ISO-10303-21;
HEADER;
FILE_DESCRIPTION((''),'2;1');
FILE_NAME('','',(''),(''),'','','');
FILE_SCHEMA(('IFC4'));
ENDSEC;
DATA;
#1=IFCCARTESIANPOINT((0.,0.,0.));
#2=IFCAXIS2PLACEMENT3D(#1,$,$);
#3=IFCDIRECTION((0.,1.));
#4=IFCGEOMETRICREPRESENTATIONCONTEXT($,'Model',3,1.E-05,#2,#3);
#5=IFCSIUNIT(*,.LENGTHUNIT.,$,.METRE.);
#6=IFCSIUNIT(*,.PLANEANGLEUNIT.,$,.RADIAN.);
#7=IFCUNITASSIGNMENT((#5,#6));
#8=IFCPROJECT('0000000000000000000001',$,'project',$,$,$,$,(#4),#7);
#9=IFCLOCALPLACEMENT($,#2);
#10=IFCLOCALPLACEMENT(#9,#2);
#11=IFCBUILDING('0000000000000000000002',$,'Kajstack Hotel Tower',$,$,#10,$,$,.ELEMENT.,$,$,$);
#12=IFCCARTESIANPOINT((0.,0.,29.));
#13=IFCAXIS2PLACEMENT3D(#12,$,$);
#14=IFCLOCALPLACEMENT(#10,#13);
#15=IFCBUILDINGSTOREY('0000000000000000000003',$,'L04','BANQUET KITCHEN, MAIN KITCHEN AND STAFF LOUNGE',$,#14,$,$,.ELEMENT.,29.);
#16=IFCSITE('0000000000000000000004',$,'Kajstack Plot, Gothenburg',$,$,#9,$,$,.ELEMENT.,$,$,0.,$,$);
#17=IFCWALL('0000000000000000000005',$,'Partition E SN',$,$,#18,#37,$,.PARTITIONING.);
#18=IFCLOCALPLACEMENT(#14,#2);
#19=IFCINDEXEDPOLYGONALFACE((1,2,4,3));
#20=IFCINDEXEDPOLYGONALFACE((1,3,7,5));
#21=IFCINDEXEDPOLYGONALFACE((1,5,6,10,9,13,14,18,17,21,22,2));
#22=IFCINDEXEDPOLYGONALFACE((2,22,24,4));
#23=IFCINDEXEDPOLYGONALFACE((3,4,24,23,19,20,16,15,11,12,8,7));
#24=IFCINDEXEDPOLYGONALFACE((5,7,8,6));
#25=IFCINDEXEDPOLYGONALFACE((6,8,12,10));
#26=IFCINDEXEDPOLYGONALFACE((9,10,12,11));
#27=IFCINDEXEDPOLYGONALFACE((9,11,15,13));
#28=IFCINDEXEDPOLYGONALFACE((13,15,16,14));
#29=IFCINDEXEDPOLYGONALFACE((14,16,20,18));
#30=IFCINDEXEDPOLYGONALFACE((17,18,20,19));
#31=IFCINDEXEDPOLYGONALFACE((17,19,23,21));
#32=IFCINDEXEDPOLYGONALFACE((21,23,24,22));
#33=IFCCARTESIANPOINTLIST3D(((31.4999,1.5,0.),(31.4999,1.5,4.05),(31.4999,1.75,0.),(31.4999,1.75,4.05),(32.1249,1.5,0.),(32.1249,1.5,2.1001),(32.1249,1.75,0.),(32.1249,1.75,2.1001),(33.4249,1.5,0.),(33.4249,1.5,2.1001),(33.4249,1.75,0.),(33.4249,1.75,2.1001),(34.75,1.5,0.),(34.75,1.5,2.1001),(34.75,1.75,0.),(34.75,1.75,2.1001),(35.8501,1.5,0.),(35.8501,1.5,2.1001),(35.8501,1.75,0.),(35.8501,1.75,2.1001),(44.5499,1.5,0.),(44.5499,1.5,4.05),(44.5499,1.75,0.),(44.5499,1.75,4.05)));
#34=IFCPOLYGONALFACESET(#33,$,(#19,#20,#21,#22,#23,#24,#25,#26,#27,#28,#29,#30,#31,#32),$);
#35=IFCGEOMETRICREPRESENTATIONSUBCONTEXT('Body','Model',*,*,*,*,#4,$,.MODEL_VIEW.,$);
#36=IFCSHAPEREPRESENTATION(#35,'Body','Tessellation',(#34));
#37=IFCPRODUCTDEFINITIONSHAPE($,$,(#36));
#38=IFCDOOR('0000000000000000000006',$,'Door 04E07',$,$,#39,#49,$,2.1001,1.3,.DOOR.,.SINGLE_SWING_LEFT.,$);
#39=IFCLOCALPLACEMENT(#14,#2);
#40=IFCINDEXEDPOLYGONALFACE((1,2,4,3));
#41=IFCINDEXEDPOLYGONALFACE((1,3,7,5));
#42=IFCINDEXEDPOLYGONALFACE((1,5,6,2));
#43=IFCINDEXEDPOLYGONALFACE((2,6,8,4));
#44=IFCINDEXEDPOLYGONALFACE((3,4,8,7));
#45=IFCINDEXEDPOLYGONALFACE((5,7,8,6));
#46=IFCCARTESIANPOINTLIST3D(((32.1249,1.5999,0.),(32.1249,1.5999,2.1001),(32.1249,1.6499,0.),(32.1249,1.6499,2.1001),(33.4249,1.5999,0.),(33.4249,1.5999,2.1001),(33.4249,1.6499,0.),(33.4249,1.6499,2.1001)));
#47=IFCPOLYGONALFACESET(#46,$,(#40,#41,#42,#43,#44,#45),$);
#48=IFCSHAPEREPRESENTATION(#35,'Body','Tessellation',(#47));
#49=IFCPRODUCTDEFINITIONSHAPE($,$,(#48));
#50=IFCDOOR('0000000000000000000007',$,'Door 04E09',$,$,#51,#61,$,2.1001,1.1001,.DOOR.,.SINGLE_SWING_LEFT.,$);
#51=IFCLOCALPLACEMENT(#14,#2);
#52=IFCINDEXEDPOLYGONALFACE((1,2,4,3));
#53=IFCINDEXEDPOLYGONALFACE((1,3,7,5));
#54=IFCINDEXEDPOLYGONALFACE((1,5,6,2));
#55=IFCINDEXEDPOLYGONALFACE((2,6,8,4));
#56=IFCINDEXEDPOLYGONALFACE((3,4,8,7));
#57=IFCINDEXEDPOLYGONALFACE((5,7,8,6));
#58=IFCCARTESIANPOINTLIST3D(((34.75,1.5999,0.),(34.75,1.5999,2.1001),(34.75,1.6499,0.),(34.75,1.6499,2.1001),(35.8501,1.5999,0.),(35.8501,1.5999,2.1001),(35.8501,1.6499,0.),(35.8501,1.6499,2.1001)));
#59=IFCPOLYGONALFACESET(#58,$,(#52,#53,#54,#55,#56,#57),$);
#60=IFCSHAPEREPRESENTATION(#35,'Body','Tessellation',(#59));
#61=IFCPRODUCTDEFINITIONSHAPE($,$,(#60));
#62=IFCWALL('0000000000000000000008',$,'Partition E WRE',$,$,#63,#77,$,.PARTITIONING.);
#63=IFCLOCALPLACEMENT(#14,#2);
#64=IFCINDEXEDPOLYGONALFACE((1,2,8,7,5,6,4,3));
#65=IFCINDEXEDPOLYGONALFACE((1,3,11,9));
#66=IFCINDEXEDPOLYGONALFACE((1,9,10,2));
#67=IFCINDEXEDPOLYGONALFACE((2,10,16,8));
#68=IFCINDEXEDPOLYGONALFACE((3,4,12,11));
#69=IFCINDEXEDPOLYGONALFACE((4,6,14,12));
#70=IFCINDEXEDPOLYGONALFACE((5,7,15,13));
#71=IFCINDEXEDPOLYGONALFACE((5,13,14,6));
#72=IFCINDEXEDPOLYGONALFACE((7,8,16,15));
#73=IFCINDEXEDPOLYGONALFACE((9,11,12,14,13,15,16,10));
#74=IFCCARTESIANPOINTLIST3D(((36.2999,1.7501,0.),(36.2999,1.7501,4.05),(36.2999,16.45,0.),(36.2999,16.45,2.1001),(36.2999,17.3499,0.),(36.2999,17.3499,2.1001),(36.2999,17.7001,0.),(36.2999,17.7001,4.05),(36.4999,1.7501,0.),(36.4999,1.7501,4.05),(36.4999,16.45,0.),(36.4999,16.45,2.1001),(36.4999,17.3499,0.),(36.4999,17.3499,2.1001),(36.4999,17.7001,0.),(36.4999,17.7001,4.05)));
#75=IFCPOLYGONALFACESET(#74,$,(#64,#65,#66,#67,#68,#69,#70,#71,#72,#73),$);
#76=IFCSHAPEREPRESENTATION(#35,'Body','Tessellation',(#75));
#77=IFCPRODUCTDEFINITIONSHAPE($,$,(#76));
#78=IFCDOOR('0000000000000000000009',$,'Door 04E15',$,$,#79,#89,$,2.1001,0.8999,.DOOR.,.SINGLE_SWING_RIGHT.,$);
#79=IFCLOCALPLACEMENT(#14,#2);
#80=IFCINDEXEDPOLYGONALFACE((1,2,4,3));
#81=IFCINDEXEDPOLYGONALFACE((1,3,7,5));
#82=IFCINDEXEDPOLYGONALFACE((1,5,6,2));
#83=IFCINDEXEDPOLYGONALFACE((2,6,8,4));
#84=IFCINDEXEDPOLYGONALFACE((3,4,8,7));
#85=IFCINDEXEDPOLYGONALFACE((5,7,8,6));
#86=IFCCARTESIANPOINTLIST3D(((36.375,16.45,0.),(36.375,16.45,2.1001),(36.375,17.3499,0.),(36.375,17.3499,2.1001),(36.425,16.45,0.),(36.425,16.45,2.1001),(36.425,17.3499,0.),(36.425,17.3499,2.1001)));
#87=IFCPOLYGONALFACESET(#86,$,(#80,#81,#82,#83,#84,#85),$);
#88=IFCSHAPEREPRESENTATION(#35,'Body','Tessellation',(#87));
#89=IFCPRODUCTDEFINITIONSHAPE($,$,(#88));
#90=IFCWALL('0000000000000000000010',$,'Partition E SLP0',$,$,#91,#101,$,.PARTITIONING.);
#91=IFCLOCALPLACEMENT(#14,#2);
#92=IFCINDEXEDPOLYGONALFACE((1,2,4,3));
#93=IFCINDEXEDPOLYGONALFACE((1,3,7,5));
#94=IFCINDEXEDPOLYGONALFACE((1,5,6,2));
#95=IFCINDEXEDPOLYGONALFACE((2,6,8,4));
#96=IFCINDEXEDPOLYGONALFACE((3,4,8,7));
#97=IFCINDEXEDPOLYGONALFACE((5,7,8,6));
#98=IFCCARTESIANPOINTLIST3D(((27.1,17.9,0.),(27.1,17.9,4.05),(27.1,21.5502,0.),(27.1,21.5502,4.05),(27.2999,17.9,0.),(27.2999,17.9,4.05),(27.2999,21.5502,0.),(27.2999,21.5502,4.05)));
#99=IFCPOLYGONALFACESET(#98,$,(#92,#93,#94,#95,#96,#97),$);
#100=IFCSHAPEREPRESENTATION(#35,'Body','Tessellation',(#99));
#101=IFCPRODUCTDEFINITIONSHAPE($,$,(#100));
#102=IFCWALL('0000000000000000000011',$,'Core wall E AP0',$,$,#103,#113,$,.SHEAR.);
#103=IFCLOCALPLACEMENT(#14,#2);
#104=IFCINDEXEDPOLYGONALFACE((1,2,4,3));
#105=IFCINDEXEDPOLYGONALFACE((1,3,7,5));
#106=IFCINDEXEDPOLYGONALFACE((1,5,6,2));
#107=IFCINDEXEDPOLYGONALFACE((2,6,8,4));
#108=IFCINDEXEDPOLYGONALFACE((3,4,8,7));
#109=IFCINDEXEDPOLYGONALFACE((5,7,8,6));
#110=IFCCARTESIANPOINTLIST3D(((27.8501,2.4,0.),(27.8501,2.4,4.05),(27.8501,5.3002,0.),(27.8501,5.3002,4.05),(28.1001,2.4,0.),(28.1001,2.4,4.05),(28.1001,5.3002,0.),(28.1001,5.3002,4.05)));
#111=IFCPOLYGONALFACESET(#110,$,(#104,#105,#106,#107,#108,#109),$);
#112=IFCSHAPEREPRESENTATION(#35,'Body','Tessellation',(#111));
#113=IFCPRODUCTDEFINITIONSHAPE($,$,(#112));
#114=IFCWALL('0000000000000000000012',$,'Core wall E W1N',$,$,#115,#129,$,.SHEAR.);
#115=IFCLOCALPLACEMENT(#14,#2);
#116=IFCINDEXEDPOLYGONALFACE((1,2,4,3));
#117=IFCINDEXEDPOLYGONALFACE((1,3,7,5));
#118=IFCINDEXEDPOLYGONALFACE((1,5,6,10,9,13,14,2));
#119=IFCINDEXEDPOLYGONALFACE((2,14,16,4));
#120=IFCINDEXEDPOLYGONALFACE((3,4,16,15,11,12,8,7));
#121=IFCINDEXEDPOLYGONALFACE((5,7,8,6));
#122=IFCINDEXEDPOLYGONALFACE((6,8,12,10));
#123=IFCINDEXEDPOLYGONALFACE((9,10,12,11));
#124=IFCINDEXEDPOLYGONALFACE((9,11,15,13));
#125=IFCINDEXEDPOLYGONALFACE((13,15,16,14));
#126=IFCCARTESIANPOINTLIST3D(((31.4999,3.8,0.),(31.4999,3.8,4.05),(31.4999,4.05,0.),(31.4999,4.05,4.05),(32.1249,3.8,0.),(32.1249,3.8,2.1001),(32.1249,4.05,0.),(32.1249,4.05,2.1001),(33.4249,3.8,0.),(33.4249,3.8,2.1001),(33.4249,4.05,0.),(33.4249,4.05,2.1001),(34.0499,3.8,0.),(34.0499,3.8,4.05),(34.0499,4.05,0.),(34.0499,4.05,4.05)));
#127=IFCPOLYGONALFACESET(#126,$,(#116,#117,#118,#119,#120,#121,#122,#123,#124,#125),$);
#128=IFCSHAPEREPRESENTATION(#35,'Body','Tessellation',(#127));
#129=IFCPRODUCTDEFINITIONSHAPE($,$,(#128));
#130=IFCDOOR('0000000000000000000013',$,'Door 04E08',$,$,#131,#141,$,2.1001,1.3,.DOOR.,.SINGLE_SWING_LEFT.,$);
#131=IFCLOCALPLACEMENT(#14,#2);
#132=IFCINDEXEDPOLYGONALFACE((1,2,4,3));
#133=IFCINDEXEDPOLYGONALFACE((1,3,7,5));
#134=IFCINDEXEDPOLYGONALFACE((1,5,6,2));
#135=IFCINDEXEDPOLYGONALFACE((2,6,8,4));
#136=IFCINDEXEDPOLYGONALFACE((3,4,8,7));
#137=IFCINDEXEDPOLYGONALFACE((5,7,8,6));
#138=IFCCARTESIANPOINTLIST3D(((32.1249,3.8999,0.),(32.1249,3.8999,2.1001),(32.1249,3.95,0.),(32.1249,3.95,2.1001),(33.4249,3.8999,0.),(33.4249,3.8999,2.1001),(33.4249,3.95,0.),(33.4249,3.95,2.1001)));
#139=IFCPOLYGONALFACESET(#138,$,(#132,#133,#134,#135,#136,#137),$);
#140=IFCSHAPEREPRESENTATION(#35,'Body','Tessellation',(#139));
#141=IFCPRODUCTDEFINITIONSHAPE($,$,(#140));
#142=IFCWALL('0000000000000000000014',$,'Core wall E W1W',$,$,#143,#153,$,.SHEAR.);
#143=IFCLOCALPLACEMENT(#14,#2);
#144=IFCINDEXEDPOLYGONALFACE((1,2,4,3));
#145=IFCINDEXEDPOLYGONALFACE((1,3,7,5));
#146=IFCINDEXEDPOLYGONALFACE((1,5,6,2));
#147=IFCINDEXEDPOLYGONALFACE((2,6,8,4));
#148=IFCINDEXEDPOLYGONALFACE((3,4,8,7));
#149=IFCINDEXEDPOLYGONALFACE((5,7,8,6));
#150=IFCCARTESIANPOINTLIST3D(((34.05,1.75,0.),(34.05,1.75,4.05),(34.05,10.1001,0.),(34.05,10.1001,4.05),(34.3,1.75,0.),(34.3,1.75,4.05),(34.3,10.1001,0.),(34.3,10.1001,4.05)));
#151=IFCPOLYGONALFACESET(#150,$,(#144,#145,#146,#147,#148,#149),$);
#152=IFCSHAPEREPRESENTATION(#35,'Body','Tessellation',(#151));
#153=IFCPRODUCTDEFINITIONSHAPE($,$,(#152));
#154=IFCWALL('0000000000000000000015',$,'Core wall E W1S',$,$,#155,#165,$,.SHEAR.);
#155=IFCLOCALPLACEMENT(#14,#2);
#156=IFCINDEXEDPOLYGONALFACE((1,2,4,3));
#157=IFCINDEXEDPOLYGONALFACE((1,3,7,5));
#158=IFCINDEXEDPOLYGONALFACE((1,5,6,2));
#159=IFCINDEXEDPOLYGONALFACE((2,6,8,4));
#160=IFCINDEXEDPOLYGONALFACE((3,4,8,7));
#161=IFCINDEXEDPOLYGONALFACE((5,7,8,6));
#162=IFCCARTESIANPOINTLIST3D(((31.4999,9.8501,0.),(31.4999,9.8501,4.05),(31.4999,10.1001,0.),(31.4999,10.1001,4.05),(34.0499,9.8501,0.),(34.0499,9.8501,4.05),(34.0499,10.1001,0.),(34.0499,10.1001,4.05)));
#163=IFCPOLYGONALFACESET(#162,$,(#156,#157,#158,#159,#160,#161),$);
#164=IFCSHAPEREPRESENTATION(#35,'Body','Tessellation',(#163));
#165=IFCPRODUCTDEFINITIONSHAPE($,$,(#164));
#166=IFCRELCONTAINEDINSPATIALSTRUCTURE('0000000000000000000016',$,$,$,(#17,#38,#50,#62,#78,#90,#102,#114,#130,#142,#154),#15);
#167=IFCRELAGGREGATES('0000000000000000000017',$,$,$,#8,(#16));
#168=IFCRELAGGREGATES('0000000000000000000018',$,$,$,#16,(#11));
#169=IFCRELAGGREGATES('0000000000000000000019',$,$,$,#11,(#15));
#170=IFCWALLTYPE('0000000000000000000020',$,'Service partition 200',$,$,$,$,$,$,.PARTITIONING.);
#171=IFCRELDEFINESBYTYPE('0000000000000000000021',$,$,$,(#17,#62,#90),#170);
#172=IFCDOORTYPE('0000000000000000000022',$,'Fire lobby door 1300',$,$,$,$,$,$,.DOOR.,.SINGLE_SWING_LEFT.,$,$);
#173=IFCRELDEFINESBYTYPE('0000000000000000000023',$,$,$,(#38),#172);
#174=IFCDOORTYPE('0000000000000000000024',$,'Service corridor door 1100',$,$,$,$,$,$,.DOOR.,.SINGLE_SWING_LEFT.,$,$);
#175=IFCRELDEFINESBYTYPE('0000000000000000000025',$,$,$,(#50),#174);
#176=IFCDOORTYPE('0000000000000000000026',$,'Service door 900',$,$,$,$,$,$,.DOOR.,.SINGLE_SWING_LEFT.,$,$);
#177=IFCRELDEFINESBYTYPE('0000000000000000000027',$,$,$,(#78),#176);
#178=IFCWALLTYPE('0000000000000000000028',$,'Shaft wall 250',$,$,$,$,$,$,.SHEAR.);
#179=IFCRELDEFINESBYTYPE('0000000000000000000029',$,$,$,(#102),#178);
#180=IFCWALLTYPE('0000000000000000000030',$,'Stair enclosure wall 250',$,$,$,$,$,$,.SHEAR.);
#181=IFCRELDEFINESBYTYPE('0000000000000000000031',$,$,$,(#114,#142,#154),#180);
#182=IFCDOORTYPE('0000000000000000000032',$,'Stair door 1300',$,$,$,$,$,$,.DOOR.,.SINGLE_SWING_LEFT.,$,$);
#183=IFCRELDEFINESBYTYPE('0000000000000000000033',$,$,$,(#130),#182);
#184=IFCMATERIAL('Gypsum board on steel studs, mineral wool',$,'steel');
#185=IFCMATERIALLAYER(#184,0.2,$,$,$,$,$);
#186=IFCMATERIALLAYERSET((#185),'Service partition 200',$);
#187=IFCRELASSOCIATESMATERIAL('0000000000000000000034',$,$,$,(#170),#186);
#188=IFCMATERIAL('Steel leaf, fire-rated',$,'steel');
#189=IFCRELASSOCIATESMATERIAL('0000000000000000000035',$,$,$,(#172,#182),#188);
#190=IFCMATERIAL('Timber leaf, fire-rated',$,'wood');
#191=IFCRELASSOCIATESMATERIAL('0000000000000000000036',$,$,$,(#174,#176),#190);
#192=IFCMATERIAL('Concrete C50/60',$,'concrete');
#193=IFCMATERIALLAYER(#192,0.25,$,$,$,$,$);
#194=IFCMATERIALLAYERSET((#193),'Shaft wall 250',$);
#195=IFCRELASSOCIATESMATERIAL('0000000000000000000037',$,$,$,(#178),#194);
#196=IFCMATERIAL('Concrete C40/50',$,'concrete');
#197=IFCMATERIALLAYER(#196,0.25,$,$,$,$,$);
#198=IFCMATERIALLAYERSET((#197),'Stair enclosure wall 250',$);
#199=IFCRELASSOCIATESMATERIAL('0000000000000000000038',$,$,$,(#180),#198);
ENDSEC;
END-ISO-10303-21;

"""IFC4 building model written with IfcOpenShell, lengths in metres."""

from ifc_helpers import new_model, si_unit, direction, frame, frame_2d, origin, place, context, subcontext, project, spatial, rectangle, extrude, material, layer, layer_set, type_object, element, fill, save


model = new_model("IFC4")

# Units and contexts
model_context = context("Model", 3, precision=1e-05, world=origin(), true_north=direction((0.0, 1.0)))
body_context = subcontext(model_context, "Body", "Model", "MODEL_VIEW")
ifc_project = project(units=[si_unit("LENGTHUNIT", "METRE"), si_unit("PLANEANGLEUNIT", "RADIAN")], contexts=[model_context])

# Site, building, storey
site_placement = place(None, origin())
site = spatial("IfcSite", under=ifc_project, at=site_placement, Name="Kajstack Plot, Gothenburg", CompositionType="ELEMENT", RefElevation=0.0)
building_placement = place(site_placement, origin())
building = spatial("IfcBuilding", under=site, at=building_placement, Name="Kajstack Hotel Tower", CompositionType="ELEMENT")
storey_placement = place(building_placement, frame((0.0, 0.0, 29.0)))
storey = spatial("IfcBuildingStorey", under=building, at=storey_placement, Name="L04", Description="BANQUET KITCHEN, MAIN KITCHEN AND STAFF LOUNGE", CompositionType="ELEMENT", Elevation=29.0)

# Shared definitions
ifc_material_1 = material(Name="Concrete C50/60", Category="concrete")

# Shared definitions
ifc_material_2 = material(Name="Concrete C40/50", Category="concrete")
ifc_material_3 = material(Name="Gypsum board on steel studs, mineral wool", Category="steel")

# Wall, openings, doors
ifc_layer_1 = layer(ifc_material_3, 0.2)
ifc_layer_set_1 = layer_set([ifc_layer_1], Name="Service partition 200")
wall_type_1 = type_object("IfcWallType", Name="Service partition 200", PredefinedType="PARTITIONING", material=ifc_layer_set_1)
wall_1_placement = place(storey_placement, frame((31.5, 1.625, 0.0), z_axis=(0.0, 0.0, 1.0), x_axis=(1.0, 0.0, 0.0)))
wall_1 = element("IfcWall", 1, at=wall_1_placement, inside=storey, type_object=wall_type_1, Name="Partition E SN", PredefinedType="PARTITIONING", context=body_context, shape_type="SweptSolid", body=[
    extrude(rectangle(XDim=13.05, YDim=0.25, at=frame_2d((6.5249, 0.0))), origin(), (0.0, 0.0, 1.0), 4.05),
])
opening_1_placement = place(wall_1_placement, frame((0.625, 0.0, 0.0)))
opening_1 = element("IfcOpeningElement", 2, at=opening_1_placement, cuts=wall_1, PredefinedType="OPENING", context=body_context, shape_type="SweptSolid", body=[
    extrude(rectangle(XDim=1.3, YDim=2.1001, at=frame_2d((0.6499, 1.05))), frame((0.0, 0.135, 0.0), z_axis=(0.0, -1.0, 0.0), x_axis=(1.0, 0.0, 0.0)), (0.0, 0.0, 1.0), 0.27),
])
opening_2_placement = place(wall_1_placement, frame((3.25, 0.0, 0.0)))
opening_2 = element("IfcOpeningElement", 3, at=opening_2_placement, cuts=wall_1, PredefinedType="OPENING", context=body_context, shape_type="SweptSolid", body=[
    extrude(rectangle(XDim=1.1001, YDim=2.1001, at=frame_2d((0.55, 1.05))), frame((0.0, 0.135, 0.0), z_axis=(0.0, -1.0, 0.0), x_axis=(1.0, 0.0, 0.0)), (0.0, 0.0, 1.0), 0.27),
])
ifc_material_4 = material(Name="Steel leaf, fire-rated", Category="steel")
door_type_1 = type_object("IfcDoorType", Name="Fire lobby door 1300", OperationType="SINGLE_SWING_LEFT", PredefinedType="DOOR", material=ifc_material_4)
door_1_placement = place(opening_1_placement, origin())
door_1 = element("IfcDoor", 4, at=door_1_placement, inside=storey, type_object=door_type_1, Name="Door 04E07", OperationType="SINGLE_SWING_LEFT", OverallHeight=2.1001, OverallWidth=1.3, PredefinedType="DOOR", context=body_context, shape_type="SweptSolid", body=[
    extrude(rectangle(XDim=1.3, YDim=2.1001, at=frame_2d((0.6499, 1.05))), frame((0.0, 0.0249, 0.0), z_axis=(0.0, -1.0, 0.0), x_axis=(1.0, 0.0, 0.0)), (0.0, 0.0, 1.0), 0.05),
])
fill(opening_1, door_1)
ifc_material_5 = material(Name="Timber leaf, fire-rated", Category="wood")
door_type_2 = type_object("IfcDoorType", Name="Service corridor door 1100", OperationType="SINGLE_SWING_LEFT", PredefinedType="DOOR", material=ifc_material_5)
door_2_placement = place(opening_2_placement, origin())
door_2 = element("IfcDoor", 5, at=door_2_placement, inside=storey, type_object=door_type_2, Name="Door 04E09", OperationType="SINGLE_SWING_LEFT", OverallHeight=2.1001, OverallWidth=1.1001, PredefinedType="DOOR", context=body_context, shape_type="SweptSolid", body=[
    extrude(rectangle(XDim=1.1001, YDim=2.1001, at=frame_2d((0.55, 1.05))), frame((0.0, 0.0249, 0.0), z_axis=(0.0, -1.0, 0.0), x_axis=(1.0, 0.0, 0.0)), (0.0, 0.0, 1.0), 0.05),
])
fill(opening_2, door_2)

# Wall, opening, door
wall_2_placement = place(storey_placement, frame((36.3999, 1.75, 0.0), z_axis=(0.0, 0.0, 1.0), x_axis=(0.0, 1.0, 0.0)))
wall_2 = element("IfcWall", 6, at=wall_2_placement, inside=storey, type_object=wall_type_1, Name="Partition E WRE", PredefinedType="PARTITIONING", context=body_context, shape_type="SweptSolid", body=[
    extrude(rectangle(XDim=15.95, YDim=0.2, at=frame_2d((7.9751, 0.0))), origin(), (0.0, 0.0, 1.0), 4.05),
])
opening_3_placement = place(wall_2_placement, frame((14.7, 0.0, 0.0)))
opening_3 = element("IfcOpeningElement", 7, at=opening_3_placement, cuts=wall_2, PredefinedType="OPENING", context=body_context, shape_type="SweptSolid", body=[
    extrude(rectangle(XDim=0.8999, YDim=2.1001, at=frame_2d((0.45, 1.05))), frame((0.0, 0.1099, 0.0), z_axis=(0.0, -1.0, 0.0), x_axis=(1.0, 0.0, 0.0)), (0.0, 0.0, 1.0), 0.22),
])
door_type_3 = type_object("IfcDoorType", Name="Service door 900", OperationType="SINGLE_SWING_LEFT", PredefinedType="DOOR", material=ifc_material_5)
door_3_placement = place(opening_3_placement, origin())
door_3 = element("IfcDoor", 8, at=door_3_placement, inside=storey, type_object=door_type_3, Name="Door 04E15", OperationType="SINGLE_SWING_RIGHT", OverallHeight=2.1001, OverallWidth=0.8999, PredefinedType="DOOR", context=body_context, shape_type="SweptSolid", body=[
    extrude(rectangle(XDim=0.8999, YDim=2.1001, at=frame_2d((0.45, 1.05))), frame((0.0, 0.0249, 0.0), z_axis=(0.0, -1.0, 0.0), x_axis=(1.0, 0.0, 0.0)), (0.0, 0.0, 1.0), 0.05),
])
fill(opening_3, door_3)

# Walls
wall_3_placement = place(storey_placement, frame((27.2, 17.8999, 0.0), z_axis=(0.0, 0.0, 1.0), x_axis=(0.0, 1.0, 0.0)))
element("IfcWall", 9, at=wall_3_placement, inside=storey, type_object=wall_type_1, Name="Partition E SLP0", PredefinedType="PARTITIONING", context=body_context, shape_type="SweptSolid", body=[
    extrude(rectangle(XDim=3.6501, YDim=0.2, at=frame_2d((1.8252, 0.0))), origin(), (0.0, 0.0, 1.0), 4.05),
])
ifc_layer_2 = layer(ifc_material_1, 0.25)
ifc_layer_set_2 = layer_set([ifc_layer_2], Name="Shaft wall 250")
wall_type_2 = type_object("IfcWallType", Name="Shaft wall 250", PredefinedType="SHEAR", material=ifc_layer_set_2)
wall_4_placement = place(storey_placement, frame((27.9751, 2.3999, 0.0), z_axis=(0.0, 0.0, 1.0), x_axis=(0.0, 1.0, 0.0)))
element("IfcWall", 10, at=wall_4_placement, inside=storey, type_object=wall_type_2, Name="Core wall E AP0", PredefinedType="SHEAR", context=body_context, shape_type="SweptSolid", body=[
    extrude(rectangle(XDim=2.9001, YDim=0.25, at=frame_2d((1.4502, 0.0))), origin(), (0.0, 0.0, 1.0), 4.05),
])

# Wall, opening, door
ifc_layer_3 = layer(ifc_material_2, 0.25)
ifc_layer_set_3 = layer_set([ifc_layer_3], Name="Stair enclosure wall 250")
wall_type_3 = type_object("IfcWallType", Name="Stair enclosure wall 250", PredefinedType="SHEAR", material=ifc_layer_set_3)
wall_5_placement = place(storey_placement, frame((31.5, 3.925, 0.0), z_axis=(0.0, 0.0, 1.0), x_axis=(1.0, 0.0, 0.0)))
wall_5 = element("IfcWall", 11, at=wall_5_placement, inside=storey, type_object=wall_type_3, Name="Core wall E W1N", PredefinedType="SHEAR", context=body_context, shape_type="SweptSolid", body=[
    extrude(rectangle(XDim=2.55, YDim=0.25, at=frame_2d((1.2749, 0.0))), origin(), (0.0, 0.0, 1.0), 4.05),
])
opening_4_placement = place(wall_5_placement, frame((0.625, 0.0, 0.0)))
opening_4 = element("IfcOpeningElement", 12, at=opening_4_placement, cuts=wall_5, PredefinedType="OPENING", context=body_context, shape_type="SweptSolid", body=[
    extrude(rectangle(XDim=1.3, YDim=2.1001, at=frame_2d((0.6499, 1.05))), frame((0.0, 0.135, 0.0), z_axis=(0.0, -1.0, 0.0), x_axis=(1.0, 0.0, 0.0)), (0.0, 0.0, 1.0), 0.27),
])
door_type_4 = type_object("IfcDoorType", Name="Stair door 1300", OperationType="SINGLE_SWING_LEFT", PredefinedType="DOOR", material=ifc_material_4)
door_4_placement = place(opening_4_placement, origin())
door_4 = element("IfcDoor", 13, at=door_4_placement, inside=storey, type_object=door_type_4, Name="Door 04E08", OperationType="SINGLE_SWING_LEFT", OverallHeight=2.1001, OverallWidth=1.3, PredefinedType="DOOR", context=body_context, shape_type="SweptSolid", body=[
    extrude(rectangle(XDim=1.3, YDim=2.1001, at=frame_2d((0.6499, 1.05))), frame((0.0, 0.0249, 0.0), z_axis=(0.0, -1.0, 0.0), x_axis=(1.0, 0.0, 0.0)), (0.0, 0.0, 1.0), 0.05),
])
fill(opening_4, door_4)

# Walls
wall_6_placement = place(storey_placement, frame((34.175, 1.75, 0.0), z_axis=(0.0, 0.0, 1.0), x_axis=(0.0, 1.0, 0.0)))
element("IfcWall", 14, at=wall_6_placement, inside=storey, type_object=wall_type_3, Name="Core wall E W1W", PredefinedType="SHEAR", context=body_context, shape_type="SweptSolid", body=[
    extrude(rectangle(XDim=8.3501, YDim=0.25, at=frame_2d((4.175, 0.0))), origin(), (0.0, 0.0, 1.0), 4.05),
])
wall_7_placement = place(storey_placement, frame((31.5, 9.9751, 0.0), z_axis=(0.0, 0.0, 1.0), x_axis=(1.0, 0.0, 0.0)))
element("IfcWall", 15, at=wall_7_placement, inside=storey, type_object=wall_type_3, Name="Core wall E W1S", PredefinedType="SHEAR", context=body_context, shape_type="SweptSolid", body=[
    extrude(rectangle(XDim=2.55, YDim=0.25, at=frame_2d((1.2749, 0.0))), origin(), (0.0, 0.0, 1.0), 4.05),
])

save(model, "model.ifc")
